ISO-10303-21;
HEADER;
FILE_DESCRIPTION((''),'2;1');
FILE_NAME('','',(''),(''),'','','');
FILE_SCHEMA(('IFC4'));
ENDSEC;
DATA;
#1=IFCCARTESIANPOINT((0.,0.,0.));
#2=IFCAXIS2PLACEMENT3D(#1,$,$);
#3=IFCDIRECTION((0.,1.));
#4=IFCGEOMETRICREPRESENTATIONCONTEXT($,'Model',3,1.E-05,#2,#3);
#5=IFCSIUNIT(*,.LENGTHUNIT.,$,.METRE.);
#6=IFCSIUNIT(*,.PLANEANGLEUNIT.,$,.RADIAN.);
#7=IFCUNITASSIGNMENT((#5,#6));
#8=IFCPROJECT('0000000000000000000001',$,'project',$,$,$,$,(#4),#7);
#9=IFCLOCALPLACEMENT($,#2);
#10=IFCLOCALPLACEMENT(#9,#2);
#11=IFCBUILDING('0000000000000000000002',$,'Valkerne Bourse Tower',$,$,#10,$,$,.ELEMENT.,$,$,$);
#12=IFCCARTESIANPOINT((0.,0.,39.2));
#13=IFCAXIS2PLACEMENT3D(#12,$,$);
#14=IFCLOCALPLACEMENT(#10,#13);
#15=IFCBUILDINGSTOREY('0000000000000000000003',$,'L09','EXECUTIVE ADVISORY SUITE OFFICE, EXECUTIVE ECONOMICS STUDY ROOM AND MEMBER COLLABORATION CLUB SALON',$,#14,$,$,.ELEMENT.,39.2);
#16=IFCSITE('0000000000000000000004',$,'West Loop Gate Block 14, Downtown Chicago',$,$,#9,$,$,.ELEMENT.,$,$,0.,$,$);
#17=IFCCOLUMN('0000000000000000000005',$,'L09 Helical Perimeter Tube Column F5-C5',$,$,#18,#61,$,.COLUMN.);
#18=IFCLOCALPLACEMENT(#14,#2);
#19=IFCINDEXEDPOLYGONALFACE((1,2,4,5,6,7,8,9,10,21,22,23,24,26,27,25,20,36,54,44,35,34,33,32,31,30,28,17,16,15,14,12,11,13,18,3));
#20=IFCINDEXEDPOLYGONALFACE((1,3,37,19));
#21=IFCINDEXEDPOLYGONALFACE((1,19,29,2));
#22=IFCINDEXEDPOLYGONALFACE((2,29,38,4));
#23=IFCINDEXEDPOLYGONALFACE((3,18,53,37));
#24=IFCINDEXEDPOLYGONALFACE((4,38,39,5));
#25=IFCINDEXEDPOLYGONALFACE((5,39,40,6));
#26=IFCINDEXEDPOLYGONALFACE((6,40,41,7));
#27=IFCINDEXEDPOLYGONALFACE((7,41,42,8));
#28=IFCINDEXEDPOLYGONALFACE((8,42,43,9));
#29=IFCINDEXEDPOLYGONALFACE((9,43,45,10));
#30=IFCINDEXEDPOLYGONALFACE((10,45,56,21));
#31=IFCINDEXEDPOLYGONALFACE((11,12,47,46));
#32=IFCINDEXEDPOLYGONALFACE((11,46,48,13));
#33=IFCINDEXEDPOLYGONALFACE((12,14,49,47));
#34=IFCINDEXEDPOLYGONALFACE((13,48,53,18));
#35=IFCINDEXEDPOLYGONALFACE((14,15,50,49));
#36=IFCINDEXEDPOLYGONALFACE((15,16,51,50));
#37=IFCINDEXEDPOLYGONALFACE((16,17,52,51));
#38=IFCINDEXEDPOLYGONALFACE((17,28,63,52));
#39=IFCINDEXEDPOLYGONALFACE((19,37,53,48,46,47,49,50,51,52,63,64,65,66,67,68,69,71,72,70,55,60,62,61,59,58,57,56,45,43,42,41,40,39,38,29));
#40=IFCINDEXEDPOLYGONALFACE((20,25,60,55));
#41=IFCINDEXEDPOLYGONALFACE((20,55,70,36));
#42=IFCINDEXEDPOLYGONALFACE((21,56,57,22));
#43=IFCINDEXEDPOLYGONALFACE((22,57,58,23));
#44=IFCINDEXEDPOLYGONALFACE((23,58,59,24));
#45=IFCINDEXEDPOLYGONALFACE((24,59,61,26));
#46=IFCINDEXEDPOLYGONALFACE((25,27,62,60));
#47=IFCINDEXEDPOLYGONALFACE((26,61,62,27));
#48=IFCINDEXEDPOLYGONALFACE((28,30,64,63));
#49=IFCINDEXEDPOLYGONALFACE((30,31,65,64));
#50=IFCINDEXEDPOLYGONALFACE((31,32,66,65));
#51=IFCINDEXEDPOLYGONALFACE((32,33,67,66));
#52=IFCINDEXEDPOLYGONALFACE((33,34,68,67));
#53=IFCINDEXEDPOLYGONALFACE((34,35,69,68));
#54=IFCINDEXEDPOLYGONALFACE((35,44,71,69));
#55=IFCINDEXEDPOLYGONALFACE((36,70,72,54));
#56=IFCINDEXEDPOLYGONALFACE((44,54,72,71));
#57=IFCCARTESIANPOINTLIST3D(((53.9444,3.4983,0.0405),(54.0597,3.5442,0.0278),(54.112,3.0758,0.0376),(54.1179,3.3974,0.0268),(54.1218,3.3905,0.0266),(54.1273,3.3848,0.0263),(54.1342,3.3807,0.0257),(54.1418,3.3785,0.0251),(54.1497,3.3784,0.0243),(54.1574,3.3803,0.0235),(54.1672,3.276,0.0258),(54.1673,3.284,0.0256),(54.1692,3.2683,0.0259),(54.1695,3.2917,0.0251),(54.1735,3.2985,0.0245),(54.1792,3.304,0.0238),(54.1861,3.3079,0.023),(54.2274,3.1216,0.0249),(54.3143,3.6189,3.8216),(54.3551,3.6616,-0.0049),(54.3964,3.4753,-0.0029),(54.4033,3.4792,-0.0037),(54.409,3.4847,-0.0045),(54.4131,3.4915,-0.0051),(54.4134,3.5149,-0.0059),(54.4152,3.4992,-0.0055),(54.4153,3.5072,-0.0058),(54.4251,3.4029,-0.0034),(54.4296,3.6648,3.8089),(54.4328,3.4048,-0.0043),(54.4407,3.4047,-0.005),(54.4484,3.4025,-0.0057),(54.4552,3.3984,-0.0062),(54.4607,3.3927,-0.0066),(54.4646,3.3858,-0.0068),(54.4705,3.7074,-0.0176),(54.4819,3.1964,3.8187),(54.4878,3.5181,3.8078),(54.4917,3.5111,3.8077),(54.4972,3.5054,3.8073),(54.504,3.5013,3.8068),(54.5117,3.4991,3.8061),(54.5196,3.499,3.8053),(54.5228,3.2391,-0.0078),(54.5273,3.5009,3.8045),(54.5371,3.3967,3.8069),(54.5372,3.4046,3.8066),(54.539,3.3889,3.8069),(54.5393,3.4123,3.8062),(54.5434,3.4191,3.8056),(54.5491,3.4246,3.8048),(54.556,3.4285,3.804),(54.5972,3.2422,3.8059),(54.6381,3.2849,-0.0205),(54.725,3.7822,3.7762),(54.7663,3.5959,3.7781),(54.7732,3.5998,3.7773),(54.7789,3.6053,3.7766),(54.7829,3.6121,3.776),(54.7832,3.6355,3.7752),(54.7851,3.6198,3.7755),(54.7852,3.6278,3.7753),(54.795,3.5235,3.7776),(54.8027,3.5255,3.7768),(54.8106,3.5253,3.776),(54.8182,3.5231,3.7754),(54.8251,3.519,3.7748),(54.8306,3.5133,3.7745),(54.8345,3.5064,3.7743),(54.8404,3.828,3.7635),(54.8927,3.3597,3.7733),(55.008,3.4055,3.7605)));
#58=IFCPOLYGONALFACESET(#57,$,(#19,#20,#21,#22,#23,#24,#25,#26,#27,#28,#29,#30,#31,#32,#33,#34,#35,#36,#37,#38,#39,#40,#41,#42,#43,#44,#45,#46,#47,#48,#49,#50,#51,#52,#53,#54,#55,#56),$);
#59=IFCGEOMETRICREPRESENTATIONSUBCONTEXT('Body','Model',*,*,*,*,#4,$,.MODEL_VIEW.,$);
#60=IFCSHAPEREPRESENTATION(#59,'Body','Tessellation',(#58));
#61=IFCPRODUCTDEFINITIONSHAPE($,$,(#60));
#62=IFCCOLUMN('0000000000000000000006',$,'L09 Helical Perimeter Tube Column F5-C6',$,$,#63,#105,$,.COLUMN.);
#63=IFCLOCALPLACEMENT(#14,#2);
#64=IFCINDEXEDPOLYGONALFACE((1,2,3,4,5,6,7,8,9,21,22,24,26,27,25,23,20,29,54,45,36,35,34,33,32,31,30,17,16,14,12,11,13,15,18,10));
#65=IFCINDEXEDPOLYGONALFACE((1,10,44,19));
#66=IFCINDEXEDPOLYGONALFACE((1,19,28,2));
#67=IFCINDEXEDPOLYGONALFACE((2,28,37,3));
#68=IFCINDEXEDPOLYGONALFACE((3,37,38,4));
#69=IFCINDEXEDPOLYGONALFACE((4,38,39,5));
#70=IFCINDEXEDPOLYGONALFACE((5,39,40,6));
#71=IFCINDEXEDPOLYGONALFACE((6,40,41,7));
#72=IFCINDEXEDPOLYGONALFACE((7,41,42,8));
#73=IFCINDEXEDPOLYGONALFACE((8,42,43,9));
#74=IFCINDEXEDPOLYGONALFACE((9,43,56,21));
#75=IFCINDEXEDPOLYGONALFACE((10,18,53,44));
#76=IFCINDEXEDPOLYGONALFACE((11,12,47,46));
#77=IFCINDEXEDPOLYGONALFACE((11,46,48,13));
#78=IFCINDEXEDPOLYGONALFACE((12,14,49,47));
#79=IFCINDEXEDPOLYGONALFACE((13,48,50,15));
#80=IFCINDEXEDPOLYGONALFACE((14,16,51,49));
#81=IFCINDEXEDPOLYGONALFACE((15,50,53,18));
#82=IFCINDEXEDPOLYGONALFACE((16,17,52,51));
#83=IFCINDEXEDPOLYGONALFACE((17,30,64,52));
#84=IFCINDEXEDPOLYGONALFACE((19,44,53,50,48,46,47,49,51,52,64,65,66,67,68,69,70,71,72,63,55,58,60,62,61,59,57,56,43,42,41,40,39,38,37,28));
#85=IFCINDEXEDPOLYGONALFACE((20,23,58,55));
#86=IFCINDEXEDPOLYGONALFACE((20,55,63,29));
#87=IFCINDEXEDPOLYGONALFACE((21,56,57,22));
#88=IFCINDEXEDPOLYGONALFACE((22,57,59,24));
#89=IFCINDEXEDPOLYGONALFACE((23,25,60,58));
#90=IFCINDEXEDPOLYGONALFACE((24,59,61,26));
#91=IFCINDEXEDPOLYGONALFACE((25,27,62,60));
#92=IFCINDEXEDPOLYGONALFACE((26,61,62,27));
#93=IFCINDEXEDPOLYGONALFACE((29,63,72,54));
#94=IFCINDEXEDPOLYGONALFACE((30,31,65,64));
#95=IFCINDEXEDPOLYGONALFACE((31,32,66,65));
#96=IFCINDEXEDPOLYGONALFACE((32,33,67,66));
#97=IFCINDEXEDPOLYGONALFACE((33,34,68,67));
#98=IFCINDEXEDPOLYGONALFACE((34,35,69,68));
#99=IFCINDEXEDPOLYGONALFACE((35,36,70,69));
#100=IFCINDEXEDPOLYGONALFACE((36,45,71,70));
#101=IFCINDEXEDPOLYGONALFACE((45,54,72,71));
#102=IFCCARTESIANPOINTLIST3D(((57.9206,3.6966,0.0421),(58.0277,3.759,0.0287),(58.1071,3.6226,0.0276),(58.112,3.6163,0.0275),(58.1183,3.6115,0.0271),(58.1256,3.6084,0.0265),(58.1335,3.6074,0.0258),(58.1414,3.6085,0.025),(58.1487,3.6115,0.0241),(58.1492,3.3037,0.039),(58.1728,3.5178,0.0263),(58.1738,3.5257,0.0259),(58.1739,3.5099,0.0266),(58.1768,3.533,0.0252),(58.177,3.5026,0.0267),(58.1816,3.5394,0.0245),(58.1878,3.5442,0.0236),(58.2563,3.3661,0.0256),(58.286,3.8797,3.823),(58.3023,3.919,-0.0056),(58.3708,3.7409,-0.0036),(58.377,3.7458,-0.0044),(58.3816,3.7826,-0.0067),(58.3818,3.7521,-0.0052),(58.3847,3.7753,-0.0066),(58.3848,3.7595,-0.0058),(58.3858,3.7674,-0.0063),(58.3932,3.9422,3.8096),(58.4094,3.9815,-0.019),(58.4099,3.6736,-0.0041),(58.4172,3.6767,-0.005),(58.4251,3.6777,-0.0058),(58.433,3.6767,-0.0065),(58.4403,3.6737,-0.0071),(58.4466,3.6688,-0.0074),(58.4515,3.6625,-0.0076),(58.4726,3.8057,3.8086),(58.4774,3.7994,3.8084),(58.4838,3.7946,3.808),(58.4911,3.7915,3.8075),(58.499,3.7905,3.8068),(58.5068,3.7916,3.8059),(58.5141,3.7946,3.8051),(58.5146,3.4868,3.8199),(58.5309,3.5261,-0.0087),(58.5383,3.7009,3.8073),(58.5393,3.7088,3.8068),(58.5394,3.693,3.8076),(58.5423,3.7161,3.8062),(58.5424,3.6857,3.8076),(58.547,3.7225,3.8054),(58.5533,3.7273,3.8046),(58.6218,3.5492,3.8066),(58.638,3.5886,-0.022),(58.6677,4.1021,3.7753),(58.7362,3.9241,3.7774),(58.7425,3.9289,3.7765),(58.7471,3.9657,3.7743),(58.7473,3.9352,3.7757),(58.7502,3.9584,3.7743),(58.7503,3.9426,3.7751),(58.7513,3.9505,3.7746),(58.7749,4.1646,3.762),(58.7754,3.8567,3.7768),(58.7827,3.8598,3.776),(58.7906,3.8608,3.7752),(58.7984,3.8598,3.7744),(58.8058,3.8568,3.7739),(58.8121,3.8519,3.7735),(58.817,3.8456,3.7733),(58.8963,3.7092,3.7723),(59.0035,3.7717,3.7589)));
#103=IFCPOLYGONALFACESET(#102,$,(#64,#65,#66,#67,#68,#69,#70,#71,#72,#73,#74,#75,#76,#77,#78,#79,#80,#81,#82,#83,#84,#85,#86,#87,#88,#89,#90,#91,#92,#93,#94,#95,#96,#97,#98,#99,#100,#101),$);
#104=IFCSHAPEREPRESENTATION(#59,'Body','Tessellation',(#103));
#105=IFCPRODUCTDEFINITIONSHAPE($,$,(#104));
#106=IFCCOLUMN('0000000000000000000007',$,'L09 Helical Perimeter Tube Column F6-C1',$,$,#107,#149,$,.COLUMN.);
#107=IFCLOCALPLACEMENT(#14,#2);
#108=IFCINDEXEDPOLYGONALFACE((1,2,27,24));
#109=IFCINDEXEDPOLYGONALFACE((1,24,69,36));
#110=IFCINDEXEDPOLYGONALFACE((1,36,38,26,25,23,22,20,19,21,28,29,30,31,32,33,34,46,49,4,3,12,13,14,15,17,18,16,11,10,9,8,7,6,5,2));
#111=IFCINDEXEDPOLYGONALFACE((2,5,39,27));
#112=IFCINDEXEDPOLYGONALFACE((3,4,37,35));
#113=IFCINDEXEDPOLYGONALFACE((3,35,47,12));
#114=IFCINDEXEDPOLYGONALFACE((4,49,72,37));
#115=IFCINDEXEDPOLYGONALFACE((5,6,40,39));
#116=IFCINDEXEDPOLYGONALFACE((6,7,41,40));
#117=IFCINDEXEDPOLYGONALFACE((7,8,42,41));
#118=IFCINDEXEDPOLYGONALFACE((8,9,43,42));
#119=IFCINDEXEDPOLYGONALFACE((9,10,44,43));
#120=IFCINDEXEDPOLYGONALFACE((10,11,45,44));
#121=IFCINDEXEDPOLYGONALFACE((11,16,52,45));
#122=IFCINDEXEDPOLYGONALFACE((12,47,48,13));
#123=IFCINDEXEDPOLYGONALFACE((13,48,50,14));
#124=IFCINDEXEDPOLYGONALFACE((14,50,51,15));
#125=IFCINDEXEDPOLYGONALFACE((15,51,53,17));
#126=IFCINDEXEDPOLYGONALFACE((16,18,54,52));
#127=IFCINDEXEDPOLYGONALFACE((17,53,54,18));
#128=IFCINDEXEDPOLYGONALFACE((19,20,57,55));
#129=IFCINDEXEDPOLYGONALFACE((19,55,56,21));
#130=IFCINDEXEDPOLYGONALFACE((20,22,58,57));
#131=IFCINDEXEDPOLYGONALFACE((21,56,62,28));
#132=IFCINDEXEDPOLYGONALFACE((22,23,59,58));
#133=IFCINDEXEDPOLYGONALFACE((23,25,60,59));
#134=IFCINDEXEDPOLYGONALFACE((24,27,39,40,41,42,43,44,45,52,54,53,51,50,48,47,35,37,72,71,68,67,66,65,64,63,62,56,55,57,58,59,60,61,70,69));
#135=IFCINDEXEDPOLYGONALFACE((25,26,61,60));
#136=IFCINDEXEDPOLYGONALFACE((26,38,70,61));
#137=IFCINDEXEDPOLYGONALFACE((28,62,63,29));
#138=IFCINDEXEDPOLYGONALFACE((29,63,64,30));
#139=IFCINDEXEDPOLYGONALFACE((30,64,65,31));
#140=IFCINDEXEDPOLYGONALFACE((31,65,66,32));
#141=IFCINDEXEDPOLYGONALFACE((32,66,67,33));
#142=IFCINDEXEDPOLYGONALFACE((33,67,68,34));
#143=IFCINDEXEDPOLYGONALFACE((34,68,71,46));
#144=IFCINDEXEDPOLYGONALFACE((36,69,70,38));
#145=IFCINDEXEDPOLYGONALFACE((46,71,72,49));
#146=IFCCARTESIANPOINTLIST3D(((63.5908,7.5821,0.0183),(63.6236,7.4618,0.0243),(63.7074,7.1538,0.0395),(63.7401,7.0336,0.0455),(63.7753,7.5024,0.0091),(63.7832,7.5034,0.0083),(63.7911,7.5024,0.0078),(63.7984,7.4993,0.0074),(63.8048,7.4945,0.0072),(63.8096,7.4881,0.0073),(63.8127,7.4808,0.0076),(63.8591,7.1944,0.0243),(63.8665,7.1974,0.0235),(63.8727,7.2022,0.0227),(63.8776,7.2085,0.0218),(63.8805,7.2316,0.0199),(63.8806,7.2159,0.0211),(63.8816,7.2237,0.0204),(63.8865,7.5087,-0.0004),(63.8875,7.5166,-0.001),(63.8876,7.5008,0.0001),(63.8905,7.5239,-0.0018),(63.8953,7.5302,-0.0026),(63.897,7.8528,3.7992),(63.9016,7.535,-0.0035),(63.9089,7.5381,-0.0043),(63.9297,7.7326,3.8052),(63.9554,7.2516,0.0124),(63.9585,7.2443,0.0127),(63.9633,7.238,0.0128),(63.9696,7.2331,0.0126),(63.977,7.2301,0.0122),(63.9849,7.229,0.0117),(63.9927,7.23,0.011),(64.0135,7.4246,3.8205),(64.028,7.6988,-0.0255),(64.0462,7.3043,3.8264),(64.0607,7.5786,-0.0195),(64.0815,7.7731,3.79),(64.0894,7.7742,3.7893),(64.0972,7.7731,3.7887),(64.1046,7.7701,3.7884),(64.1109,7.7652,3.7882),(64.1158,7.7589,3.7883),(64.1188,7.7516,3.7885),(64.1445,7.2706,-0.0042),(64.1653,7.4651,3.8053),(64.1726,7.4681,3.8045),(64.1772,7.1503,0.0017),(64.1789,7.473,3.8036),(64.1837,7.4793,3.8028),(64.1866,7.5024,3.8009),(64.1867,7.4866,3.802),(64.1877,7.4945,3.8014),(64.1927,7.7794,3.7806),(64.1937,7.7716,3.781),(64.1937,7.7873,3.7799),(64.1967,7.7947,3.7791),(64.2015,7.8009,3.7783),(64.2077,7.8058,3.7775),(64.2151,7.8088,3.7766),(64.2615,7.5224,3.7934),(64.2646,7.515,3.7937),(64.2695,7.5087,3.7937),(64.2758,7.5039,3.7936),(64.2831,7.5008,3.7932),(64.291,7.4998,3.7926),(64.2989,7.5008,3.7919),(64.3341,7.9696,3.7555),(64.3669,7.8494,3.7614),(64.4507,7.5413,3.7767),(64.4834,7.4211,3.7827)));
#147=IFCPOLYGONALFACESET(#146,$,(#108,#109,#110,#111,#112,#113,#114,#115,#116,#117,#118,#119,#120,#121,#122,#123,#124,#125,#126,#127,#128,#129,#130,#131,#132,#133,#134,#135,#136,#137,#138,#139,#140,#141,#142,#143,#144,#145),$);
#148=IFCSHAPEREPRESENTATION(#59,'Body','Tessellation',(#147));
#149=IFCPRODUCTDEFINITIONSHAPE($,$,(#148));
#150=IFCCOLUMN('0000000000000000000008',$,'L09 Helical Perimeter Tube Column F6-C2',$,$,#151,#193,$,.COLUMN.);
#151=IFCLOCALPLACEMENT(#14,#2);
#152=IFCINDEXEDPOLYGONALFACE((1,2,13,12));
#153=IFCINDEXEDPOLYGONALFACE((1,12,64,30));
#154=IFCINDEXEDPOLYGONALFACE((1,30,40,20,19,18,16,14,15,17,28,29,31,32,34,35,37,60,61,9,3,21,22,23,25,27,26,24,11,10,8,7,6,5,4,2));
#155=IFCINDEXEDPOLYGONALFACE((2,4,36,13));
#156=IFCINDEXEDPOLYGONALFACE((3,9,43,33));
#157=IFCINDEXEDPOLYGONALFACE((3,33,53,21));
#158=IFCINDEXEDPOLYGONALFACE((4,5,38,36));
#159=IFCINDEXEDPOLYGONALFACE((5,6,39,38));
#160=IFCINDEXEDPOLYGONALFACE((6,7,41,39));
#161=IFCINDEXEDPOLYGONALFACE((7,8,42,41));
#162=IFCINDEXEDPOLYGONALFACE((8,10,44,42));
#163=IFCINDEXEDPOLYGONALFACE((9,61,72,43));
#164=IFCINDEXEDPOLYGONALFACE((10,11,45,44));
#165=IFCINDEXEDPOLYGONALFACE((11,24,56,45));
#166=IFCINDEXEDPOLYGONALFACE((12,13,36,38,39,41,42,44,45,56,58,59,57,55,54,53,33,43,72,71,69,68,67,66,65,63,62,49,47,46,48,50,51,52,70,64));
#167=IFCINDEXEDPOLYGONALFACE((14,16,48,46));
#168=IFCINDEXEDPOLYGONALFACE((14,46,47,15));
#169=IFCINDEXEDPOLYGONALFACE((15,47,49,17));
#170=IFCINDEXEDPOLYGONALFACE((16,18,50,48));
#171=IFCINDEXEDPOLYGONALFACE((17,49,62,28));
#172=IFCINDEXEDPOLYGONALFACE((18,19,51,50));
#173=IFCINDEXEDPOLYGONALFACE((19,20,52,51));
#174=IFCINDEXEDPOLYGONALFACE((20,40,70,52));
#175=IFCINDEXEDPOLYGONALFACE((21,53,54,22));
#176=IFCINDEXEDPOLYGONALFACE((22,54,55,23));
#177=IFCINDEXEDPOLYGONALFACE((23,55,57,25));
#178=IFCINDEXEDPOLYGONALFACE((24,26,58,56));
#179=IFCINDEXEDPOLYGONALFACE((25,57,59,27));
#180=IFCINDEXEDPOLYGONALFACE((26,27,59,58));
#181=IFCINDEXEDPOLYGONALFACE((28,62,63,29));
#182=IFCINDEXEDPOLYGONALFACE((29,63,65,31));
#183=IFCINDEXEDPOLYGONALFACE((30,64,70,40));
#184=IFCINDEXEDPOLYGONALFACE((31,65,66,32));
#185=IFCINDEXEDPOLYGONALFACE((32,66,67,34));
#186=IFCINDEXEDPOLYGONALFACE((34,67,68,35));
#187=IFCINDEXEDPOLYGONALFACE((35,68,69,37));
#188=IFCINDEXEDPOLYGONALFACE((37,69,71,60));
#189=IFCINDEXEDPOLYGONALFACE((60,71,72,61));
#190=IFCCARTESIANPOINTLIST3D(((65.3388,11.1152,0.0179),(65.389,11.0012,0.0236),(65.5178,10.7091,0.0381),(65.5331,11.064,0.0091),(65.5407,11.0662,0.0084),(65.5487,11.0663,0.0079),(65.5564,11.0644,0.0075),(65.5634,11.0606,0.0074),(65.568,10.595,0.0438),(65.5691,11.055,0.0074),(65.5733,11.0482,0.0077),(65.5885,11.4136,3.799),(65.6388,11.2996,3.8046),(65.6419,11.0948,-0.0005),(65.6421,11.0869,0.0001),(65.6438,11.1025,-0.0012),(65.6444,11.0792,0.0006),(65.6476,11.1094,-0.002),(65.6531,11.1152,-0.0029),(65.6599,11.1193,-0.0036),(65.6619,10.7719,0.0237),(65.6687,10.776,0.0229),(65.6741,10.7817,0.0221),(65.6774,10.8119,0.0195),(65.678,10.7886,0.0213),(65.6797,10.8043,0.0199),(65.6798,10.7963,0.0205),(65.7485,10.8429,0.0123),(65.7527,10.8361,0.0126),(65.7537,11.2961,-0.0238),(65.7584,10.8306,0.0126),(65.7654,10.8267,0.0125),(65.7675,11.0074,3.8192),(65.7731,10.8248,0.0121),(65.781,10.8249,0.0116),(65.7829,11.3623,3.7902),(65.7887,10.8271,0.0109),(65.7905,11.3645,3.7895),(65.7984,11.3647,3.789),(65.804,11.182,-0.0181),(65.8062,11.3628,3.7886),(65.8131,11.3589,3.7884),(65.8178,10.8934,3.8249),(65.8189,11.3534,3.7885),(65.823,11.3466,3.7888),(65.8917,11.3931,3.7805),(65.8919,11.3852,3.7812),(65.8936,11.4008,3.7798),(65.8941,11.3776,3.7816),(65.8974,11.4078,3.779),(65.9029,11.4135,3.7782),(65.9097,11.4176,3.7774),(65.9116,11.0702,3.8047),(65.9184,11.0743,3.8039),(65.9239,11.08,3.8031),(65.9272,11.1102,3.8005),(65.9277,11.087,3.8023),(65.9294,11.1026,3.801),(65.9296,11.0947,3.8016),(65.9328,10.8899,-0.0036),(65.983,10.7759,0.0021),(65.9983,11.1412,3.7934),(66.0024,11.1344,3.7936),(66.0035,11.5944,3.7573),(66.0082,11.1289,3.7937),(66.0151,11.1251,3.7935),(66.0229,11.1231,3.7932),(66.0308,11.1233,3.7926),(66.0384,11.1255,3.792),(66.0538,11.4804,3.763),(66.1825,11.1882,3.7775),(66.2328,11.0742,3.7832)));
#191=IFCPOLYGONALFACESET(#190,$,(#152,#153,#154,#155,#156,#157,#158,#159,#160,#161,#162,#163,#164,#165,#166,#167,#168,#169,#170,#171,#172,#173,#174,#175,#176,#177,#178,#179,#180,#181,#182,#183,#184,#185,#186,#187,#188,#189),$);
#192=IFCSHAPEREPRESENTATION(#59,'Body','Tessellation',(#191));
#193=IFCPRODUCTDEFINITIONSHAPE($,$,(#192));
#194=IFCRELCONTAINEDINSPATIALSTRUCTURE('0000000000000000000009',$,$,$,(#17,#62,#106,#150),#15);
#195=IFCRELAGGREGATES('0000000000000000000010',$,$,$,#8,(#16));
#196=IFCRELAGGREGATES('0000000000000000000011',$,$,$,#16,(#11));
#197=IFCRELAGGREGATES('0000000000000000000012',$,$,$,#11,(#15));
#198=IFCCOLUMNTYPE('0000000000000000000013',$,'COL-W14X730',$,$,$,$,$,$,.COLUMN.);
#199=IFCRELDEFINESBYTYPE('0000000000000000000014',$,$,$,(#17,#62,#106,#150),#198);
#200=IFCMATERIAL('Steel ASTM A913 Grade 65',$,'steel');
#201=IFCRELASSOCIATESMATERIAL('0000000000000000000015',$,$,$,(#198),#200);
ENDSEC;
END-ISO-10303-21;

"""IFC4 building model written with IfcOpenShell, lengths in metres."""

from ifc_helpers import new_model, si_unit, direction, frame, origin, origin_2d, place, context, subcontext, project, spatial, i_section, extrude, material, material_profile, profile_set, type_object, element, save


model = new_model("IFC4")

# Units and contexts
model_context = context("Model", 3, precision=1e-05, world=origin(), true_north=direction((0.0, 1.0)))
body_context = subcontext(model_context, "Body", "Model", "MODEL_VIEW")
ifc_project = project(units=[si_unit("LENGTHUNIT", "METRE"), si_unit("PLANEANGLEUNIT", "RADIAN")], contexts=[model_context])

# Site, building, storey
site_placement = place(None, origin())
site = spatial("IfcSite", under=ifc_project, at=site_placement, Name="West Loop Gate Block 14, Downtown Chicago", CompositionType="ELEMENT", RefElevation=0.0)
building_placement = place(site_placement, origin())
building = spatial("IfcBuilding", under=site, at=building_placement, Name="Valkerne Bourse Tower", CompositionType="ELEMENT")
storey_placement = place(building_placement, frame((0.0, 0.0, 39.2)))
storey = spatial("IfcBuildingStorey", under=building, at=storey_placement, Name="L09", Description="EXECUTIVE ADVISORY SUITE OFFICE, EXECUTIVE ECONOMICS STUDY ROOM AND MEMBER COLLABORATION CLUB SALON", CompositionType="ELEMENT", Elevation=39.2)

# Columns
ifc_material_1 = material(Name="Steel ASTM A913 Grade 65", Category="steel")
ifc_material_profile_1 = material_profile(ifc_material_1, i_section(OverallWidth=0.4546, OverallDepth=0.5691, WebThickness=0.0779, FlangeThickness=0.1248, FilletRadius=0.0305, at=origin_2d()), Name="W14X730")
ifc_profile_set_1 = profile_set([ifc_material_profile_1], Name="Steel ASTM A913 Grade 65")
column_type = type_object("IfcColumnType", Name="COL-W14X730", PredefinedType="COLUMN", material=ifc_profile_set_1)
column_1_placement = place(storey_placement, frame((54.2913, 3.3916, 0.01), z_axis=(0.09731, 0.03173, 0.994748), x_axis=(-0.36878, 0.929494, 0.006427)))
element("IfcColumn", 1, at=column_1_placement, inside=storey, type_object=column_type, Name="L09 Helical Perimeter Tube Column F5-C5", PredefinedType="COLUMN", context=body_context, shape_type="SweptSolid", body=[
    extrude(i_section(OverallWidth=0.4546, OverallDepth=0.5691, WebThickness=0.0779, FlangeThickness=0.1248, FilletRadius=0.0305, at=origin_2d()), origin(), (0.0, 0.0, 1.0), 3.801),
])
for number, where, z_axis, x_axis, name in (
    (2, (58.2793, 3.6426, 0.01), (0.096102, 0.048147, 0.994206), (-0.50286, 0.864342, 0.006749), "L09 Helical Perimeter Tube Column F5-C6"),
    (3, (63.884, 7.3662, 0.01), (0.080502, 0.071194, 0.994209), (-0.961639, -0.256876, 0.096259), "L09 Helical Perimeter Tube Column F6-C1"),
):
    element("IfcColumn", number, at=place(storey_placement, frame(where, z_axis=z_axis, x_axis=x_axis)), inside=storey, type_object=column_type, Name=name, PredefinedType="COLUMN", context=body_context, shape_type="SweptSolid", body=[
        extrude(i_section(OverallWidth=0.4546, OverallDepth=0.5691, WebThickness=0.0779, FlangeThickness=0.1248, FilletRadius=0.0305, at=origin_2d()), origin(), (0.0, 0.0, 1.0), 3.803),
    ])
column_2_placement = place(storey_placement, frame((65.6609, 10.9456, 0.01), z_axis=(0.065708, 0.07849, 0.994747), x_axis=(-0.912884, -0.397789, 0.091688)))
element("IfcColumn", 4, at=column_2_placement, inside=storey, type_object=column_type, Name="L09 Helical Perimeter Tube Column F6-C2", PredefinedType="COLUMN", context=body_context, shape_type="SweptSolid", body=[
    extrude(i_section(OverallWidth=0.4546, OverallDepth=0.5691, WebThickness=0.0779, FlangeThickness=0.1248, FilletRadius=0.0305, at=origin_2d()), origin(), (0.0, 0.0, 1.0), 3.801),
])

save(model, "model.ifc")
